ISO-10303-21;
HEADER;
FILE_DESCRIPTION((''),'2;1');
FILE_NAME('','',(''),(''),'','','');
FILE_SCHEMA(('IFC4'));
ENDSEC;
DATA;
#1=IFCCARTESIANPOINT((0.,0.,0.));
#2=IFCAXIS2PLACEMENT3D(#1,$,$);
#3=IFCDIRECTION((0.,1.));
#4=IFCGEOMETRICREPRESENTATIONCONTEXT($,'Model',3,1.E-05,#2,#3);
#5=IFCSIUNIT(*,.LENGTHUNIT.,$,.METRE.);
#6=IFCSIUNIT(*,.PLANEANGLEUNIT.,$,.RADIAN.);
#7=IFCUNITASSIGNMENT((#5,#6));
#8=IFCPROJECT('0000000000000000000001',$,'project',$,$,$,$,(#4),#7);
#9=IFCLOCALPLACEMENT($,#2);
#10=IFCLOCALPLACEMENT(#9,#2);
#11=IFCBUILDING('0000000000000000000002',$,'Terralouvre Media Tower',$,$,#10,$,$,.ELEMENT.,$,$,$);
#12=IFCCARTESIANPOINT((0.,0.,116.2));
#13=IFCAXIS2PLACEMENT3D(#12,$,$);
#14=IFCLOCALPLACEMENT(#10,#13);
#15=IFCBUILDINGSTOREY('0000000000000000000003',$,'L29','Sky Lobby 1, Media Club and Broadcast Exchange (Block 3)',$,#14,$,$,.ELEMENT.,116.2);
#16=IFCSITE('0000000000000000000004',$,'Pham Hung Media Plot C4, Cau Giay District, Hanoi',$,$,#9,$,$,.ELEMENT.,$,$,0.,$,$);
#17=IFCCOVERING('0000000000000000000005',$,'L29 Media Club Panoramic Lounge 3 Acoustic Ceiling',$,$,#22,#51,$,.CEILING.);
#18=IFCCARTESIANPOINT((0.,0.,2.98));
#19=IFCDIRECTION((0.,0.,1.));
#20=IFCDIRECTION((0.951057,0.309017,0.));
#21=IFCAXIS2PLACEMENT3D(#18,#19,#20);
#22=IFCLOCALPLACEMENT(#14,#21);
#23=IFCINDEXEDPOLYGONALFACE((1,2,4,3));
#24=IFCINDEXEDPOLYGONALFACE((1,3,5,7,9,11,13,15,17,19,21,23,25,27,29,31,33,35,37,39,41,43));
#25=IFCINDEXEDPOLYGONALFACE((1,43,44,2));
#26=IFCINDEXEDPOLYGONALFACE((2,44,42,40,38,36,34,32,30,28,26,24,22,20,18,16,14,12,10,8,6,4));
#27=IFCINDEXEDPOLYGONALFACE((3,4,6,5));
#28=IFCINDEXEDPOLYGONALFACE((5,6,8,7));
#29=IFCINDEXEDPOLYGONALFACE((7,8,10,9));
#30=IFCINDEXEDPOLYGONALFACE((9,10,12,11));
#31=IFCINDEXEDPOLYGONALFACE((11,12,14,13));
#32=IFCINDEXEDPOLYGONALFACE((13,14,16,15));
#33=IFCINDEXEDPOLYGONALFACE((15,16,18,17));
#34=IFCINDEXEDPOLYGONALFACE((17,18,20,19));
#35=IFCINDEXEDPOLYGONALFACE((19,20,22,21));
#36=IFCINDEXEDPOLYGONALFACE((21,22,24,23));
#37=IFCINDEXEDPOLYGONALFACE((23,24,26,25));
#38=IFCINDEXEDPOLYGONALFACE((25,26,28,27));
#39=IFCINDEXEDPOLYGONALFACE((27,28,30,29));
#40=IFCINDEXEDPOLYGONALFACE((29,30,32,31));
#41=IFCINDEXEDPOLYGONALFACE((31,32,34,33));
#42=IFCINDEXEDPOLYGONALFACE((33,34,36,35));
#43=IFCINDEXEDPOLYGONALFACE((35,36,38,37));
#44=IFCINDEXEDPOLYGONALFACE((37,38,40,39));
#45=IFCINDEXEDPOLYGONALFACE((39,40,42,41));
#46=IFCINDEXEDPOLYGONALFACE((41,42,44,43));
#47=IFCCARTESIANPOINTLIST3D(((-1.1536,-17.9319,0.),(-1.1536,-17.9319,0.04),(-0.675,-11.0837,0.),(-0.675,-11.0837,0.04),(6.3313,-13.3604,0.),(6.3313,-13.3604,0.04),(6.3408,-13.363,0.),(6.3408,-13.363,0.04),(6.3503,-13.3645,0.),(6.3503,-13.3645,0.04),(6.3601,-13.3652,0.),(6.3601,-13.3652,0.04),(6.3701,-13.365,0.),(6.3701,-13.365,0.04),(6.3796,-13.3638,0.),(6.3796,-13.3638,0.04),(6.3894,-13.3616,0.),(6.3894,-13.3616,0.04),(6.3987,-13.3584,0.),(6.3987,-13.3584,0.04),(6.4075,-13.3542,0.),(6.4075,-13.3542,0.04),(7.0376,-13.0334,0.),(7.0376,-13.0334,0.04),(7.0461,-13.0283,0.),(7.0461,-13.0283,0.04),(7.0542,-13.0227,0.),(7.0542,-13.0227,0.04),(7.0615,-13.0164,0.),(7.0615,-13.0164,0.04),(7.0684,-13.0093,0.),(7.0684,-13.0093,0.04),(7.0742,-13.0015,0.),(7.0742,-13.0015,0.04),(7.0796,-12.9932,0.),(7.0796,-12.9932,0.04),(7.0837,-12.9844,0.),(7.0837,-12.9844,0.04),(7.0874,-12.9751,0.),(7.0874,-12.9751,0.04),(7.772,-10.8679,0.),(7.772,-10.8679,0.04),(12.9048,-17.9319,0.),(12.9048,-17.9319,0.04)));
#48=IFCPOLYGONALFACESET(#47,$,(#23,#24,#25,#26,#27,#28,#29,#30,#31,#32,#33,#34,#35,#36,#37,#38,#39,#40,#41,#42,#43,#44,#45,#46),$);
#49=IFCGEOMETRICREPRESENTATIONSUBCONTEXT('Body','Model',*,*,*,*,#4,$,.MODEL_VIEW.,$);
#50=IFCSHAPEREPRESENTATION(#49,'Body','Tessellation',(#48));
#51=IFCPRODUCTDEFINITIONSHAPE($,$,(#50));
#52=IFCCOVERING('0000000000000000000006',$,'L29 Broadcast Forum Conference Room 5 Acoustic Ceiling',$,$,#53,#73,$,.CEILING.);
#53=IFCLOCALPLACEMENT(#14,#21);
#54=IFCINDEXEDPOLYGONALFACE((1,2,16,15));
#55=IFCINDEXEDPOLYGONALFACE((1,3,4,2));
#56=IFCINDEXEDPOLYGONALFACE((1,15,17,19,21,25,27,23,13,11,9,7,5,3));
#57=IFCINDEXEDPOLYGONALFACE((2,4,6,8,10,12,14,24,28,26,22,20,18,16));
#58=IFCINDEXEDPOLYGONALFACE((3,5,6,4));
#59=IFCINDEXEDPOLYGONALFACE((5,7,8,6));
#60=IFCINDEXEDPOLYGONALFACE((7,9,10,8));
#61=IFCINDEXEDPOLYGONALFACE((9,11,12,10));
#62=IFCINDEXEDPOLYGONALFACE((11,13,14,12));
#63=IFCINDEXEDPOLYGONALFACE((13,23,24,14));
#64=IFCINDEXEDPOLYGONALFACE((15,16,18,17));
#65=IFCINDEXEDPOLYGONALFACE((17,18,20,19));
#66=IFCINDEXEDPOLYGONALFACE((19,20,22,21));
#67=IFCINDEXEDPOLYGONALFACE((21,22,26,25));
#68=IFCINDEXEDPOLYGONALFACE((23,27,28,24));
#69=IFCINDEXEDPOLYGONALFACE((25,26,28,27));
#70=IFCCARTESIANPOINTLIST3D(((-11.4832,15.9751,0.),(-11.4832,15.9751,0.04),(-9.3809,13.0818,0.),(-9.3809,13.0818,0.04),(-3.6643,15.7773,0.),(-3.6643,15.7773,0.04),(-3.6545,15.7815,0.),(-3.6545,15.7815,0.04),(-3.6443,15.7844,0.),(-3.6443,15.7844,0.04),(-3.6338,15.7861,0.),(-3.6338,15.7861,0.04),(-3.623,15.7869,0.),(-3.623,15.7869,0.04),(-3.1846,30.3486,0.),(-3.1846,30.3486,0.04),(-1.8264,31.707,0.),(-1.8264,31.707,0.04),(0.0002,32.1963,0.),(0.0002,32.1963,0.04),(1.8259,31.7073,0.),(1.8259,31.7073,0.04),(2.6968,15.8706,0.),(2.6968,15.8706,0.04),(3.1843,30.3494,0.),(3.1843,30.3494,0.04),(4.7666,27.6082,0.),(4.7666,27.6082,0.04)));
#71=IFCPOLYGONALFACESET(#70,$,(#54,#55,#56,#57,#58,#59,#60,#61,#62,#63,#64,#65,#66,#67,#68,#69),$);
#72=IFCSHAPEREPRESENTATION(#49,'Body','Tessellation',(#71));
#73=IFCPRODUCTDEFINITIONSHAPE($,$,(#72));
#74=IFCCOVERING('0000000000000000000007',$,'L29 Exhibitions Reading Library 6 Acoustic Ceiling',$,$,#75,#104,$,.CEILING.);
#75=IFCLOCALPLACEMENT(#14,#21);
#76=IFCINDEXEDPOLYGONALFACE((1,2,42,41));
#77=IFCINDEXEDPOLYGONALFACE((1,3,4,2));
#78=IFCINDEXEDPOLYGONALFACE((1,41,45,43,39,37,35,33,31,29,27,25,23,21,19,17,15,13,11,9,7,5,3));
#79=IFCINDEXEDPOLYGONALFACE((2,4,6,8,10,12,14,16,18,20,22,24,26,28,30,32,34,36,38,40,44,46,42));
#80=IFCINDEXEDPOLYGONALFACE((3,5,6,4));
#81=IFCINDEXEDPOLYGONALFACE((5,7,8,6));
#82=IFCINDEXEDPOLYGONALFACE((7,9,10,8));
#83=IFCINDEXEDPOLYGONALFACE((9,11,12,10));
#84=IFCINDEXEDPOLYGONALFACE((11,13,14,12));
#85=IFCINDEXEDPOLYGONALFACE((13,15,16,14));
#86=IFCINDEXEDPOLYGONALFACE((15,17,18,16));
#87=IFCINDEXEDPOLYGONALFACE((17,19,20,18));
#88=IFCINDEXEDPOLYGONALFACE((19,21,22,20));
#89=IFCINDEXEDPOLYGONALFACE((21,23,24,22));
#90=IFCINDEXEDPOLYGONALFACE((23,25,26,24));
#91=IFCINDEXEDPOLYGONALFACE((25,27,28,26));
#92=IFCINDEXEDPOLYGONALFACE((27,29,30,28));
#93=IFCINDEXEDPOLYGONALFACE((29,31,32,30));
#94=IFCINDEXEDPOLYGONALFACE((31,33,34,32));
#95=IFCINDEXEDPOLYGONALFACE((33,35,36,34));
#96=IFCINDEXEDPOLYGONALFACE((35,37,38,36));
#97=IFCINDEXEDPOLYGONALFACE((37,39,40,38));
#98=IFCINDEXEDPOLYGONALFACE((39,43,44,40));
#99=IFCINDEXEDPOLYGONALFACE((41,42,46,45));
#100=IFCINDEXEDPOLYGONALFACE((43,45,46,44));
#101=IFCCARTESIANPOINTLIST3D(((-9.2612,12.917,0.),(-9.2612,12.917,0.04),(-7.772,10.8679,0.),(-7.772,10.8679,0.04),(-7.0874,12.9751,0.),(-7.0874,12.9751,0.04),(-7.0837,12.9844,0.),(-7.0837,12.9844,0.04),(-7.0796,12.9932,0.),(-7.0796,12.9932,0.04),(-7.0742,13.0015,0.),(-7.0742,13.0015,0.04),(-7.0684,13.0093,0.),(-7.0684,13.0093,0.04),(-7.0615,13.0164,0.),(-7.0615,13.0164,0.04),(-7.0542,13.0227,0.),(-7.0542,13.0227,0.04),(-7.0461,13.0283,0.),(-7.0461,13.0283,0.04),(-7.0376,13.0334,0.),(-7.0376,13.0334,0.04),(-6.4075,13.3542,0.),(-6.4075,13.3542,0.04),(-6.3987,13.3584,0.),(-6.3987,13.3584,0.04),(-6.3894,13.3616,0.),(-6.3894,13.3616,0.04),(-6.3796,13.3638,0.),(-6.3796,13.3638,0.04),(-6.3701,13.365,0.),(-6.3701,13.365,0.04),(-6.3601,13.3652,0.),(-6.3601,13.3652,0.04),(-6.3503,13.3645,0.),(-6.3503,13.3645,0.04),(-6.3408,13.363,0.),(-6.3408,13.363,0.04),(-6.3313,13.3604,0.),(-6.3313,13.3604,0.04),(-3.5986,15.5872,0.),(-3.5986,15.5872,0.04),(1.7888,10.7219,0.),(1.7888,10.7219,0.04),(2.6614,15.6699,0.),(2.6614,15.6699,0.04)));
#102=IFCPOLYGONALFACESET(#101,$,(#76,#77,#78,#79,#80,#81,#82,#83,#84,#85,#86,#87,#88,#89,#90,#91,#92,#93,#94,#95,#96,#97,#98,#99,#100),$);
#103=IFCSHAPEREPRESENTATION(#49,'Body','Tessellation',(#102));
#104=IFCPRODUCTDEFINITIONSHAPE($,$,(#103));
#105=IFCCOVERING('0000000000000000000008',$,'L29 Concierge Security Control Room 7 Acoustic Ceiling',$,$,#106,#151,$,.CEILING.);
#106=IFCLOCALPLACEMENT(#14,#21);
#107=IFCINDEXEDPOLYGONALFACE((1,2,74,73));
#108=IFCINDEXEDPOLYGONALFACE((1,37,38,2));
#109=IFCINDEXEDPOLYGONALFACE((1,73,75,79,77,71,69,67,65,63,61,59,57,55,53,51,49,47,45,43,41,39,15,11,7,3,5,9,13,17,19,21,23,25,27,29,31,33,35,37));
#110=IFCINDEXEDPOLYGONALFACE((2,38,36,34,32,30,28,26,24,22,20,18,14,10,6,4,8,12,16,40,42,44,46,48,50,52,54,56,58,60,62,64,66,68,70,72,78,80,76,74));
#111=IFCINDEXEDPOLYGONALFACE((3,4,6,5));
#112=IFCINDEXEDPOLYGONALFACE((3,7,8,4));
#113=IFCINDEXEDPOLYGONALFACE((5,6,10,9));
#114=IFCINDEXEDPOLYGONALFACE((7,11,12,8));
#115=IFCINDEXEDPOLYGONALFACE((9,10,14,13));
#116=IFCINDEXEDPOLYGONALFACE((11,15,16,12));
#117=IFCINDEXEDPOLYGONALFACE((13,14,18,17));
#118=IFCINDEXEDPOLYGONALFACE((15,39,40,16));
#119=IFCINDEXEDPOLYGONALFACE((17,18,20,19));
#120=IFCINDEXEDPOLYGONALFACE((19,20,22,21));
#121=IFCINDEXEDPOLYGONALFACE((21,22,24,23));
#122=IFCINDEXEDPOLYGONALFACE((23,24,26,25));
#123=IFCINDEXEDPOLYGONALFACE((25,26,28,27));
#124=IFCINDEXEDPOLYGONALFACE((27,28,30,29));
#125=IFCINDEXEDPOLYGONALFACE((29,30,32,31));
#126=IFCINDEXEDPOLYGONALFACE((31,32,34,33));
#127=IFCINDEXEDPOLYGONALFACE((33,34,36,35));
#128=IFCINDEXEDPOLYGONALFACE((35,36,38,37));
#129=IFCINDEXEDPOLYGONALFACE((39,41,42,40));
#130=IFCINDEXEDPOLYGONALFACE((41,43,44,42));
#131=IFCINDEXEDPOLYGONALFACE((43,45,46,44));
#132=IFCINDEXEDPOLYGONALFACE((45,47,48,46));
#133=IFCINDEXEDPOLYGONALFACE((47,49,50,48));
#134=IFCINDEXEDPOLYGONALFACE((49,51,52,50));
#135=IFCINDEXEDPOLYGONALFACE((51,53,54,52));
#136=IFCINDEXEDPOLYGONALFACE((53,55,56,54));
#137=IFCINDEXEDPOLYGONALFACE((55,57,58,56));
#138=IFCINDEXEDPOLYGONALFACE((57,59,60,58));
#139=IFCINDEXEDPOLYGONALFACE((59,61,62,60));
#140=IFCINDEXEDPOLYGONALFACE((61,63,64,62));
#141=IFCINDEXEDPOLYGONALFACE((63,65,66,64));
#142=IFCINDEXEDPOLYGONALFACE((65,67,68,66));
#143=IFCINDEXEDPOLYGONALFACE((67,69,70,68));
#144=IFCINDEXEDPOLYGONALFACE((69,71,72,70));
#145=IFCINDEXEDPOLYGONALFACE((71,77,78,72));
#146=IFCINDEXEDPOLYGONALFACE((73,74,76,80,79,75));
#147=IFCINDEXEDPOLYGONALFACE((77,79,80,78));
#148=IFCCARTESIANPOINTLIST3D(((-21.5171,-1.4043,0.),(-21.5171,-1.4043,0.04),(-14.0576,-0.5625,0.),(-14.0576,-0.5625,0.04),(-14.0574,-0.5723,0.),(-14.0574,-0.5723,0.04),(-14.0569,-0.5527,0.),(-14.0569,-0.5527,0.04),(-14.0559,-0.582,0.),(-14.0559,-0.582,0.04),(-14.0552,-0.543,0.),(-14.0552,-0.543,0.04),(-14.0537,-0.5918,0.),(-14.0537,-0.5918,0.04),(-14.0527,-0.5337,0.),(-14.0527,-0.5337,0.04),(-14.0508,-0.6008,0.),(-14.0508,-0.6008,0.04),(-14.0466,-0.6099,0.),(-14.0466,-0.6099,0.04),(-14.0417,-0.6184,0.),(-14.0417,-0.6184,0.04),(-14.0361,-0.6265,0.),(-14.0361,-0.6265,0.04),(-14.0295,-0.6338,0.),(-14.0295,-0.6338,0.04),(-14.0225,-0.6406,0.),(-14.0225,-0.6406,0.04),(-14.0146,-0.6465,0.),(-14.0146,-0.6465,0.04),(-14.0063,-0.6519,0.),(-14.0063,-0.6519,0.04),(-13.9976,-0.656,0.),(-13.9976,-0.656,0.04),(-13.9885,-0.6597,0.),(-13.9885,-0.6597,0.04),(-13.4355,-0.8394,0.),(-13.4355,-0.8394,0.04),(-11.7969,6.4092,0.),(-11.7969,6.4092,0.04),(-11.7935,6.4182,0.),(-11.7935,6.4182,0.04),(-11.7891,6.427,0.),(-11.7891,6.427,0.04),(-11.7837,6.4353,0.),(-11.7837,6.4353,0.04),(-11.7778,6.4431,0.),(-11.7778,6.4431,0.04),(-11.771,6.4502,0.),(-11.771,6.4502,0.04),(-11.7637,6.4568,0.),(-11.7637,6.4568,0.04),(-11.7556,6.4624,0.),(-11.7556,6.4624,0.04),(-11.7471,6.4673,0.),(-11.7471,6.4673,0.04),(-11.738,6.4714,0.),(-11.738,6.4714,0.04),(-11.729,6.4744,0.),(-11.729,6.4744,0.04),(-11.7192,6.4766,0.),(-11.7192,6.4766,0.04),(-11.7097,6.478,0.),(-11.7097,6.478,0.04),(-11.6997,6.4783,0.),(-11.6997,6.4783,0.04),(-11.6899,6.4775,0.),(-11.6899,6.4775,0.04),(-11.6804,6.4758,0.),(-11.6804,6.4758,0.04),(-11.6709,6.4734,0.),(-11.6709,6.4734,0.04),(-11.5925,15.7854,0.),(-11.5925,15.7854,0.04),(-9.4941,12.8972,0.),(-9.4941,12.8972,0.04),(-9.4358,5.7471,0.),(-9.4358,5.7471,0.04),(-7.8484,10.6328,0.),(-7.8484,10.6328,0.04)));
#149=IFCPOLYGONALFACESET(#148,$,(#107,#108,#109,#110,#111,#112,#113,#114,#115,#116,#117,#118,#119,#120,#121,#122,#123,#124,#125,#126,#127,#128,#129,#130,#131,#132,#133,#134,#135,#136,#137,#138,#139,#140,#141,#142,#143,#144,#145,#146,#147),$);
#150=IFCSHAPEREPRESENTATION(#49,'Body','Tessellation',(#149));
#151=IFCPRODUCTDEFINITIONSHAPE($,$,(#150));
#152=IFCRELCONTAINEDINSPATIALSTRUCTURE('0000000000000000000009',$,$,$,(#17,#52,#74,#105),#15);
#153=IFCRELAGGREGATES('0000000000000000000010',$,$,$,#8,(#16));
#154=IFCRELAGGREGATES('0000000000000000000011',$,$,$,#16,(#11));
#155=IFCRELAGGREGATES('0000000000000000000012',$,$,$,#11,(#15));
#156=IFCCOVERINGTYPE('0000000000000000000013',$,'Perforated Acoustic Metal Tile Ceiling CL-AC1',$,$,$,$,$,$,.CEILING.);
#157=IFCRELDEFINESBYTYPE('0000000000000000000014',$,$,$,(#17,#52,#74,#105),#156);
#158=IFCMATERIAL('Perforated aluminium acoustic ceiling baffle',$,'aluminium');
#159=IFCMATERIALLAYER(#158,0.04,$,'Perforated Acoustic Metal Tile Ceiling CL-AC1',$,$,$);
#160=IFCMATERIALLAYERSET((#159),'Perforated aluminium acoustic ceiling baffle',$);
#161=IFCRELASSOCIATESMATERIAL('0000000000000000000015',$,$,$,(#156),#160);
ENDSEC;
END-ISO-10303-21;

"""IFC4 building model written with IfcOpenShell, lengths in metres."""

from ifc_helpers import new_model, si_unit, direction, frame, origin, place, context, subcontext, project, spatial, polyline, outline, extrude, material, layer, layer_set, type_object, element, save


model = new_model("IFC4")

# Units and contexts
model_context = context("Model", 3, precision=1e-05, world=origin(), true_north=direction((0.0, 1.0)))
body_context = subcontext(model_context, "Body", "Model", "MODEL_VIEW")
ifc_project = project(units=[si_unit("LENGTHUNIT", "METRE"), si_unit("PLANEANGLEUNIT", "RADIAN")], contexts=[model_context])

# Site, building, storey
site_placement = place(None, origin())
site = spatial("IfcSite", under=ifc_project, at=site_placement, Name="Pham Hung Media Plot C4, Cau Giay District, Hanoi", CompositionType="ELEMENT", RefElevation=0.0)
building_placement = place(site_placement, origin())
building = spatial("IfcBuilding", under=site, at=building_placement, Name="Terralouvre Media Tower", CompositionType="ELEMENT")
storey_placement = place(building_placement, frame((0.0, 0.0, 116.2)))
storey = spatial("IfcBuildingStorey", under=building, at=storey_placement, Name="L29", Description="Sky Lobby 1, Media Club and Broadcast Exchange (Block 3)", CompositionType="ELEMENT", Elevation=116.2)

# Coverings
ifc_material_1 = material(Name="Perforated aluminium acoustic ceiling baffle", Category="aluminium")
ifc_layer_1 = layer(ifc_material_1, 0.04, Name="Perforated Acoustic Metal Tile Ceiling CL-AC1")
ifc_layer_set_1 = layer_set([ifc_layer_1], Name="Perforated aluminium acoustic ceiling baffle")
covering_type_1 = type_object("IfcCoveringType", Name="Perforated Acoustic Metal Tile Ceiling CL-AC1", PredefinedType="CEILING", material=ifc_layer_set_1)
covering_1_placement = place(storey_placement, frame((0.0, 0.0, 2.98), z_axis=(0.0, 0.0, 1.0), x_axis=(0.951057, 0.309017, 0.0)))
element("IfcCovering", 1, at=covering_1_placement, inside=storey, type_object=covering_type_1, Name="L29 Media Club Panoramic Lounge 3 Acoustic Ceiling", PredefinedType="CEILING", context=body_context, shape_type="SweptSolid", body=[
    extrude(outline(polyline([(7.0874, -12.9751), (7.0837, -12.9844), (7.0796, -12.9932), (7.0742, -13.0015), (7.0684, -13.0093), (7.0615, -13.0164), (7.0542, -13.0227), (7.0461, -13.0283), (7.0376, -13.0334), (6.4075, -13.3542), (6.3987, -13.3584), (6.3894, -13.3616), (6.3796, -13.3638), (6.3701, -13.365), (6.3601, -13.3652), (6.3503, -13.3645), (6.3408, -13.363), (6.3313, -13.3604), (-0.675, -11.0837), (-1.1536, -17.9319), (12.9048, -17.9319), (7.772, -10.8679), (7.0874, -12.9751)])), origin(), (0.0, 0.0, 1.0), 0.04),
])
covering_2_placement = place(storey_placement, frame((0.0, 0.0, 2.98), z_axis=(0.0, 0.0, 1.0), x_axis=(0.951057, 0.309017, 0.0)))
element("IfcCovering", 2, at=covering_2_placement, inside=storey, type_object=covering_type_1, Name="L29 Broadcast Forum Conference Room 5 Acoustic Ceiling", PredefinedType="CEILING", context=body_context, shape_type="SweptSolid", body=[
    extrude(outline(polyline([(-9.3809, 13.0818), (-3.6643, 15.7773), (-3.6545, 15.7815), (-3.6443, 15.7844), (-3.6338, 15.7861), (-3.623, 15.7869), (2.6968, 15.8706), (4.7666, 27.6082), (3.1843, 30.3494), (1.8259, 31.7073), (0.0002, 32.1963), (-1.8264, 31.707), (-3.1846, 30.3486), (-11.4832, 15.9751), (-9.3809, 13.0818)])), origin(), (0.0, 0.0, 1.0), 0.04),
])
covering_3_placement = place(storey_placement, frame((0.0, 0.0, 2.98), z_axis=(0.0, 0.0, 1.0), x_axis=(0.951057, 0.309017, 0.0)))
element("IfcCovering", 3, at=covering_3_placement, inside=storey, type_object=covering_type_1, Name="L29 Exhibitions Reading Library 6 Acoustic Ceiling", PredefinedType="CEILING", context=body_context, shape_type="SweptSolid", body=[
    extrude(outline(polyline([(-3.5986, 15.5872), (-9.2612, 12.917), (-7.772, 10.8679), (-7.0874, 12.9751), (-7.0837, 12.9844), (-7.0796, 12.9932), (-7.0742, 13.0015), (-7.0684, 13.0093), (-7.0615, 13.0164), (-7.0542, 13.0227), (-7.0461, 13.0283), (-7.0376, 13.0334), (-6.4075, 13.3542), (-6.3987, 13.3584), (-6.3894, 13.3616), (-6.3796, 13.3638), (-6.3701, 13.365), (-6.3601, 13.3652), (-6.3503, 13.3645), (-6.3408, 13.363), (-6.3313, 13.3604), (1.7888, 10.7219), (2.6614, 15.6699), (-3.5986, 15.5872)])), origin(), (0.0, 0.0, 1.0), 0.04),
])
covering_4_placement = place(storey_placement, frame((0.0, 0.0, 2.98), z_axis=(0.0, 0.0, 1.0), x_axis=(0.951057, 0.309017, 0.0)))
element("IfcCovering", 4, at=covering_4_placement, inside=storey, type_object=covering_type_1, Name="L29 Concierge Security Control Room 7 Acoustic Ceiling", PredefinedType="CEILING", context=body_context, shape_type="SweptSolid", body=[
    extrude(outline(polyline([(-13.9885, -0.6597), (-13.9976, -0.656), (-14.0063, -0.6519), (-14.0146, -0.6465), (-14.0225, -0.6406), (-14.0295, -0.6338), (-14.0361, -0.6265), (-14.0417, -0.6184), (-14.0466, -0.6099), (-14.0508, -0.6008), (-14.0537, -0.5918), (-14.0559, -0.582), (-14.0574, -0.5723), (-14.0576, -0.5625), (-14.0569, -0.5527), (-14.0552, -0.543), (-14.0527, -0.5337), (-11.7969, 6.4092), (-11.7935, 6.4182), (-11.7891, 6.427), (-11.7837, 6.4353), (-11.7778, 6.4431), (-11.771, 6.4502), (-11.7637, 6.4568), (-11.7556, 6.4624), (-11.7471, 6.4673), (-11.738, 6.4714), (-11.729, 6.4744), (-11.7192, 6.4766), (-11.7097, 6.478), (-11.6997, 6.4783), (-11.6899, 6.4775), (-11.6804, 6.4758), (-11.6709, 6.4734), (-9.4358, 5.7471), (-7.8484, 10.6328), (-9.4941, 12.8972), (-11.5925, 15.7854), (-21.5171, -1.4043), (-13.4355, -0.8394), (-13.9885, -0.6597)])), origin(), (0.0, 0.0, 1.0), 0.04),
])

save(model, "model.ifc")
